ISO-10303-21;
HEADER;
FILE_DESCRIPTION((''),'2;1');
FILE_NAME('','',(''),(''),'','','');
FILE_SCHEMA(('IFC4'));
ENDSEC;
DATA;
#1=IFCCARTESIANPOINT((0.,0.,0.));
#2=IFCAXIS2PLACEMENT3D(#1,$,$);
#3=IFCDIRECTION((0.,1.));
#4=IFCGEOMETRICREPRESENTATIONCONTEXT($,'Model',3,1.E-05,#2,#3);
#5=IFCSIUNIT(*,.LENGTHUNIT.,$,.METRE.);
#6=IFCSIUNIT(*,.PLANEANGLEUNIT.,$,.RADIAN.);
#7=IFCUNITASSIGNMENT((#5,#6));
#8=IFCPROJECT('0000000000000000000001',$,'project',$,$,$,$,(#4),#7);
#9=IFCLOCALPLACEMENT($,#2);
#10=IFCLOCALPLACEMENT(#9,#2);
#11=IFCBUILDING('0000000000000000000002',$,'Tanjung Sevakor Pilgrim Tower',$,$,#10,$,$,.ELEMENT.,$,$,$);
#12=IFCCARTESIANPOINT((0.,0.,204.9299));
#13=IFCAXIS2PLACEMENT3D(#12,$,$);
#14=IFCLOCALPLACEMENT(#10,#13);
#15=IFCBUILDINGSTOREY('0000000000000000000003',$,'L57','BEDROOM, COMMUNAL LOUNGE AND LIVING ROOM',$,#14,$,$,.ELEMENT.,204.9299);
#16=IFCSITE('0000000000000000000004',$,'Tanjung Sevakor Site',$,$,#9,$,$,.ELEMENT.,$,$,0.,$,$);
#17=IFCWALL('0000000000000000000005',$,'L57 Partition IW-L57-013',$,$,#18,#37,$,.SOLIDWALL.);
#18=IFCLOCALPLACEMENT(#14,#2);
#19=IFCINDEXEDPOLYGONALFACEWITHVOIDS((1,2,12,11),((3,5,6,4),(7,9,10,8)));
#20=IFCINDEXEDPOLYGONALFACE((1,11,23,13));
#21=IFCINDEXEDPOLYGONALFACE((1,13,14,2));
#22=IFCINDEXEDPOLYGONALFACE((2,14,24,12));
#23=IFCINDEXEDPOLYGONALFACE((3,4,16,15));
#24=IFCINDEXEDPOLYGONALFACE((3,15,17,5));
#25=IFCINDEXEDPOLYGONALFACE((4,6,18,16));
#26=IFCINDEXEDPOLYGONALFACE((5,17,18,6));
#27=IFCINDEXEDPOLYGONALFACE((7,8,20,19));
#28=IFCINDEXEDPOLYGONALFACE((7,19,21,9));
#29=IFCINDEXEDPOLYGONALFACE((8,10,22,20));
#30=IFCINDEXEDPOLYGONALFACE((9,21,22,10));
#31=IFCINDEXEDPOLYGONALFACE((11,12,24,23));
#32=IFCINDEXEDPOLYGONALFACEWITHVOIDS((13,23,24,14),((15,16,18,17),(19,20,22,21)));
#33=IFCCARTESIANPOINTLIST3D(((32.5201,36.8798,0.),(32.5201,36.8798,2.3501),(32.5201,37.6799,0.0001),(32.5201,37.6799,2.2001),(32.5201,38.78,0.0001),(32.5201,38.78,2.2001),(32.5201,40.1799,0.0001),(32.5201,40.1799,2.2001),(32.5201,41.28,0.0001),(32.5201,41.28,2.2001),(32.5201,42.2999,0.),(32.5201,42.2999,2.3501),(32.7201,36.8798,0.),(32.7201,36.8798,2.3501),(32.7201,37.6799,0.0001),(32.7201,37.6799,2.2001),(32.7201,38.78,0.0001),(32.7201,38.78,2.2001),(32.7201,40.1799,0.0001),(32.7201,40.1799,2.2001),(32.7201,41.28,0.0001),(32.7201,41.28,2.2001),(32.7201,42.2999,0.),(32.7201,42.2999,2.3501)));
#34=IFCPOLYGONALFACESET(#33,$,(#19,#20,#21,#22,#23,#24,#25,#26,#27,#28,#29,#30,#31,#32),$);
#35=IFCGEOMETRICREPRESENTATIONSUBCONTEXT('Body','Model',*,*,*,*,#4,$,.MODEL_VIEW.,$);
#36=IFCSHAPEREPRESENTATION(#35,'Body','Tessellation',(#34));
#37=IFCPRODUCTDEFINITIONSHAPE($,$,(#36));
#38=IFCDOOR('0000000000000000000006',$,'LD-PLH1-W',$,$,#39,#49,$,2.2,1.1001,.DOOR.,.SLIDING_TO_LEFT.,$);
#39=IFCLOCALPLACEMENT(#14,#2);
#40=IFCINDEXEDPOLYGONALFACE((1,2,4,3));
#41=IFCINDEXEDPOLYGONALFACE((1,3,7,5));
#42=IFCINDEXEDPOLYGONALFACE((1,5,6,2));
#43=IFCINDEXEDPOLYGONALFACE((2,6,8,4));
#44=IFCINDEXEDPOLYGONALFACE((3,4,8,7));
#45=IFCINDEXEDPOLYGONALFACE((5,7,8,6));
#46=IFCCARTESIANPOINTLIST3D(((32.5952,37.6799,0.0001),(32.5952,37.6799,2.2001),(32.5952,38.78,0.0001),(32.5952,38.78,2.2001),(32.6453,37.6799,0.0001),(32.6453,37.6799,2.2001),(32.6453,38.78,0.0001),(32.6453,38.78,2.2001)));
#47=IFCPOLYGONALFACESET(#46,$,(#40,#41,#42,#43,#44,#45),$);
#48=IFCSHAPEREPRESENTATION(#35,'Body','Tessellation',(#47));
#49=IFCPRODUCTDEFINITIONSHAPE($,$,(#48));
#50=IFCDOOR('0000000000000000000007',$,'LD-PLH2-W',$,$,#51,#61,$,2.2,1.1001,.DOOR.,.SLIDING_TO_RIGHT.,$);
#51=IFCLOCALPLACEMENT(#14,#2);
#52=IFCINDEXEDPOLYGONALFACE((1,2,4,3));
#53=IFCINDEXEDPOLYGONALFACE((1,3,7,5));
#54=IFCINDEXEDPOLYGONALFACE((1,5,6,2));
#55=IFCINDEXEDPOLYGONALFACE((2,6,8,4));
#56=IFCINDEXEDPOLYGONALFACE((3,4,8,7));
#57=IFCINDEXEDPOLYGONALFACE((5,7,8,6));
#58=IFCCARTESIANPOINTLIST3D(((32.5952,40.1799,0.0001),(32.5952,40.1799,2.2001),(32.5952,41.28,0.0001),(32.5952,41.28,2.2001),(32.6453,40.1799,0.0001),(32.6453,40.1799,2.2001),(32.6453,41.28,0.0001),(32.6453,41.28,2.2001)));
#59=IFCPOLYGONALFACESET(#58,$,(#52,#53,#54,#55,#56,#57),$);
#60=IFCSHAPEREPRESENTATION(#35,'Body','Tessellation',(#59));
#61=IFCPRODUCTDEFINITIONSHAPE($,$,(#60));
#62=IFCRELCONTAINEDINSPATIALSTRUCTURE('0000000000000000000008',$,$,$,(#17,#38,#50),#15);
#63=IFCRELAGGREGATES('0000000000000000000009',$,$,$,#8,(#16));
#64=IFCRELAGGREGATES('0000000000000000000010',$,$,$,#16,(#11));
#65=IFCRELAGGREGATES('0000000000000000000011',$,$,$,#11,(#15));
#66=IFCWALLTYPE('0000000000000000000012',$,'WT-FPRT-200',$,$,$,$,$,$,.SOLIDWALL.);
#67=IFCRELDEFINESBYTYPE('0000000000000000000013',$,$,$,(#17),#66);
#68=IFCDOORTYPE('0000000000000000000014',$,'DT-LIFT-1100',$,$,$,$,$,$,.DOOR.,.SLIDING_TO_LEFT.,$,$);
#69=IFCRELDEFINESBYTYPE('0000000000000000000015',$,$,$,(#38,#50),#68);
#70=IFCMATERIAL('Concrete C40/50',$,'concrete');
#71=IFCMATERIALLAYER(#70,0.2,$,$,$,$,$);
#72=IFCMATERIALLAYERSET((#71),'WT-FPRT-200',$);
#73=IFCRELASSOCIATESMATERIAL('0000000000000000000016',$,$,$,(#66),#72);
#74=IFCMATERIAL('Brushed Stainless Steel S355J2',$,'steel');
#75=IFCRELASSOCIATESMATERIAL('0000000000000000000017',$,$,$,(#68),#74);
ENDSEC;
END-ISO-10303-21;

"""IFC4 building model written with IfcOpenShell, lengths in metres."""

from ifc_helpers import new_model, si_unit, direction, frame, frame_2d, origin, place, context, subcontext, project, spatial, rectangle, extrude, material, layer, layer_set, type_object, element, fill, save


model = new_model("IFC4")

# Units and contexts
model_context = context("Model", 3, precision=1e-05, world=origin(), true_north=direction((0.0, 1.0)))
body_context = subcontext(model_context, "Body", "Model", "MODEL_VIEW")
ifc_project = project(units=[si_unit("LENGTHUNIT", "METRE"), si_unit("PLANEANGLEUNIT", "RADIAN")], contexts=[model_context])

# Site, building, storey
site_placement = place(None, origin())
site = spatial("IfcSite", under=ifc_project, at=site_placement, Name="Tanjung Sevakor Site", CompositionType="ELEMENT", RefElevation=0.0)
building_placement = place(site_placement, origin())
building = spatial("IfcBuilding", under=site, at=building_placement, Name="Tanjung Sevakor Pilgrim Tower", CompositionType="ELEMENT")
storey_placement = place(building_placement, frame((0.0, 0.0, 204.9299)))
storey = spatial("IfcBuildingStorey", under=building, at=storey_placement, Name="L57", Description="BEDROOM, COMMUNAL LOUNGE AND LIVING ROOM", CompositionType="ELEMENT", Elevation=204.9299)

# Shared definitions
ifc_material_1 = material(Name="Concrete C40/50", Category="concrete")
ifc_layer_1 = layer(ifc_material_1, 0.2)
ifc_layer_set_1 = layer_set([ifc_layer_1], Name="WT-FPRT-200")
wall_type_1 = type_object("IfcWallType", Name="WT-FPRT-200", PredefinedType="SOLIDWALL", material=ifc_layer_set_1)

# Wall, openings, doors
wall_1_placement = place(storey_placement, frame((32.6201, 36.8799, 0.0), z_axis=(0.0, 0.0, 1.0), x_axis=(0.0, 1.0, 0.0)))
wall_1 = element("IfcWall", 1, at=wall_1_placement, inside=storey, type_object=wall_type_1, Name="L57 Partition IW-L57-013", PredefinedType="SOLIDWALL", context=body_context, shape_type="SweptSolid", body=[
    extrude(rectangle(XDim=5.4202, YDim=0.2, at=frame_2d((2.71, 0.0))), origin(), (0.0, 0.0, 1.0), 2.3501),
])
opening_1_placement = place(wall_1_placement, frame((0.8, 0.0, 0.0)))
opening_1 = element("IfcOpeningElement", 2, at=opening_1_placement, cuts=wall_1, PredefinedType="OPENING", context=body_context, shape_type="SweptSolid", body=[
    extrude(rectangle(XDim=1.1001, YDim=2.2, at=frame_2d((0.55, 1.1001))), frame((0.0, 0.1099, 0.0), z_axis=(0.0, -1.0, 0.0), x_axis=(1.0, 0.0, 0.0)), (0.0, 0.0, 1.0), 0.22),
])
opening_2_placement = place(wall_1_placement, frame((3.3, 0.0, 0.0)))
opening_2 = element("IfcOpeningElement", 3, at=opening_2_placement, cuts=wall_1, PredefinedType="OPENING", context=body_context, shape_type="SweptSolid", body=[
    extrude(rectangle(XDim=1.1001, YDim=2.2, at=frame_2d((0.55, 1.1001))), frame((0.0, 0.1099, 0.0), z_axis=(0.0, -1.0, 0.0), x_axis=(1.0, 0.0, 0.0)), (0.0, 0.0, 1.0), 0.22),
])
ifc_material_2 = material(Name="Brushed Stainless Steel S355J2", Category="steel")
door_type_1 = type_object("IfcDoorType", Name="DT-LIFT-1100", OperationType="SLIDING_TO_LEFT", PredefinedType="DOOR", material=ifc_material_2)
door_1_placement = place(opening_1_placement, origin())
door_1 = element("IfcDoor", 4, at=door_1_placement, inside=storey, type_object=door_type_1, Name="LD-PLH1-W", OperationType="SLIDING_TO_LEFT", OverallHeight=2.2, OverallWidth=1.1001, PredefinedType="DOOR", context=body_context, shape_type="SweptSolid", body=[
    extrude(rectangle(XDim=1.1001, YDim=2.2, at=frame_2d((0.55, 1.1001))), frame((0.0, 0.0249, 0.0), z_axis=(0.0, -1.0, 0.0), x_axis=(1.0, 0.0, 0.0)), (0.0, 0.0, 1.0), 0.05),
])
fill(opening_1, door_1)
door_2_placement = place(opening_2_placement, origin())
door_2 = element("IfcDoor", 5, at=door_2_placement, inside=storey, type_object=door_type_1, Name="LD-PLH2-W", OperationType="SLIDING_TO_RIGHT", OverallHeight=2.2, OverallWidth=1.1001, PredefinedType="DOOR", context=body_context, shape_type="SweptSolid", body=[
    extrude(rectangle(XDim=1.1001, YDim=2.2, at=frame_2d((0.55, 1.1001))), frame((0.0, 0.0249, 0.0), z_axis=(0.0, -1.0, 0.0), x_axis=(1.0, 0.0, 0.0)), (0.0, 0.0, 1.0), 0.05),
])
fill(opening_2, door_2)

save(model, "model.ifc")
